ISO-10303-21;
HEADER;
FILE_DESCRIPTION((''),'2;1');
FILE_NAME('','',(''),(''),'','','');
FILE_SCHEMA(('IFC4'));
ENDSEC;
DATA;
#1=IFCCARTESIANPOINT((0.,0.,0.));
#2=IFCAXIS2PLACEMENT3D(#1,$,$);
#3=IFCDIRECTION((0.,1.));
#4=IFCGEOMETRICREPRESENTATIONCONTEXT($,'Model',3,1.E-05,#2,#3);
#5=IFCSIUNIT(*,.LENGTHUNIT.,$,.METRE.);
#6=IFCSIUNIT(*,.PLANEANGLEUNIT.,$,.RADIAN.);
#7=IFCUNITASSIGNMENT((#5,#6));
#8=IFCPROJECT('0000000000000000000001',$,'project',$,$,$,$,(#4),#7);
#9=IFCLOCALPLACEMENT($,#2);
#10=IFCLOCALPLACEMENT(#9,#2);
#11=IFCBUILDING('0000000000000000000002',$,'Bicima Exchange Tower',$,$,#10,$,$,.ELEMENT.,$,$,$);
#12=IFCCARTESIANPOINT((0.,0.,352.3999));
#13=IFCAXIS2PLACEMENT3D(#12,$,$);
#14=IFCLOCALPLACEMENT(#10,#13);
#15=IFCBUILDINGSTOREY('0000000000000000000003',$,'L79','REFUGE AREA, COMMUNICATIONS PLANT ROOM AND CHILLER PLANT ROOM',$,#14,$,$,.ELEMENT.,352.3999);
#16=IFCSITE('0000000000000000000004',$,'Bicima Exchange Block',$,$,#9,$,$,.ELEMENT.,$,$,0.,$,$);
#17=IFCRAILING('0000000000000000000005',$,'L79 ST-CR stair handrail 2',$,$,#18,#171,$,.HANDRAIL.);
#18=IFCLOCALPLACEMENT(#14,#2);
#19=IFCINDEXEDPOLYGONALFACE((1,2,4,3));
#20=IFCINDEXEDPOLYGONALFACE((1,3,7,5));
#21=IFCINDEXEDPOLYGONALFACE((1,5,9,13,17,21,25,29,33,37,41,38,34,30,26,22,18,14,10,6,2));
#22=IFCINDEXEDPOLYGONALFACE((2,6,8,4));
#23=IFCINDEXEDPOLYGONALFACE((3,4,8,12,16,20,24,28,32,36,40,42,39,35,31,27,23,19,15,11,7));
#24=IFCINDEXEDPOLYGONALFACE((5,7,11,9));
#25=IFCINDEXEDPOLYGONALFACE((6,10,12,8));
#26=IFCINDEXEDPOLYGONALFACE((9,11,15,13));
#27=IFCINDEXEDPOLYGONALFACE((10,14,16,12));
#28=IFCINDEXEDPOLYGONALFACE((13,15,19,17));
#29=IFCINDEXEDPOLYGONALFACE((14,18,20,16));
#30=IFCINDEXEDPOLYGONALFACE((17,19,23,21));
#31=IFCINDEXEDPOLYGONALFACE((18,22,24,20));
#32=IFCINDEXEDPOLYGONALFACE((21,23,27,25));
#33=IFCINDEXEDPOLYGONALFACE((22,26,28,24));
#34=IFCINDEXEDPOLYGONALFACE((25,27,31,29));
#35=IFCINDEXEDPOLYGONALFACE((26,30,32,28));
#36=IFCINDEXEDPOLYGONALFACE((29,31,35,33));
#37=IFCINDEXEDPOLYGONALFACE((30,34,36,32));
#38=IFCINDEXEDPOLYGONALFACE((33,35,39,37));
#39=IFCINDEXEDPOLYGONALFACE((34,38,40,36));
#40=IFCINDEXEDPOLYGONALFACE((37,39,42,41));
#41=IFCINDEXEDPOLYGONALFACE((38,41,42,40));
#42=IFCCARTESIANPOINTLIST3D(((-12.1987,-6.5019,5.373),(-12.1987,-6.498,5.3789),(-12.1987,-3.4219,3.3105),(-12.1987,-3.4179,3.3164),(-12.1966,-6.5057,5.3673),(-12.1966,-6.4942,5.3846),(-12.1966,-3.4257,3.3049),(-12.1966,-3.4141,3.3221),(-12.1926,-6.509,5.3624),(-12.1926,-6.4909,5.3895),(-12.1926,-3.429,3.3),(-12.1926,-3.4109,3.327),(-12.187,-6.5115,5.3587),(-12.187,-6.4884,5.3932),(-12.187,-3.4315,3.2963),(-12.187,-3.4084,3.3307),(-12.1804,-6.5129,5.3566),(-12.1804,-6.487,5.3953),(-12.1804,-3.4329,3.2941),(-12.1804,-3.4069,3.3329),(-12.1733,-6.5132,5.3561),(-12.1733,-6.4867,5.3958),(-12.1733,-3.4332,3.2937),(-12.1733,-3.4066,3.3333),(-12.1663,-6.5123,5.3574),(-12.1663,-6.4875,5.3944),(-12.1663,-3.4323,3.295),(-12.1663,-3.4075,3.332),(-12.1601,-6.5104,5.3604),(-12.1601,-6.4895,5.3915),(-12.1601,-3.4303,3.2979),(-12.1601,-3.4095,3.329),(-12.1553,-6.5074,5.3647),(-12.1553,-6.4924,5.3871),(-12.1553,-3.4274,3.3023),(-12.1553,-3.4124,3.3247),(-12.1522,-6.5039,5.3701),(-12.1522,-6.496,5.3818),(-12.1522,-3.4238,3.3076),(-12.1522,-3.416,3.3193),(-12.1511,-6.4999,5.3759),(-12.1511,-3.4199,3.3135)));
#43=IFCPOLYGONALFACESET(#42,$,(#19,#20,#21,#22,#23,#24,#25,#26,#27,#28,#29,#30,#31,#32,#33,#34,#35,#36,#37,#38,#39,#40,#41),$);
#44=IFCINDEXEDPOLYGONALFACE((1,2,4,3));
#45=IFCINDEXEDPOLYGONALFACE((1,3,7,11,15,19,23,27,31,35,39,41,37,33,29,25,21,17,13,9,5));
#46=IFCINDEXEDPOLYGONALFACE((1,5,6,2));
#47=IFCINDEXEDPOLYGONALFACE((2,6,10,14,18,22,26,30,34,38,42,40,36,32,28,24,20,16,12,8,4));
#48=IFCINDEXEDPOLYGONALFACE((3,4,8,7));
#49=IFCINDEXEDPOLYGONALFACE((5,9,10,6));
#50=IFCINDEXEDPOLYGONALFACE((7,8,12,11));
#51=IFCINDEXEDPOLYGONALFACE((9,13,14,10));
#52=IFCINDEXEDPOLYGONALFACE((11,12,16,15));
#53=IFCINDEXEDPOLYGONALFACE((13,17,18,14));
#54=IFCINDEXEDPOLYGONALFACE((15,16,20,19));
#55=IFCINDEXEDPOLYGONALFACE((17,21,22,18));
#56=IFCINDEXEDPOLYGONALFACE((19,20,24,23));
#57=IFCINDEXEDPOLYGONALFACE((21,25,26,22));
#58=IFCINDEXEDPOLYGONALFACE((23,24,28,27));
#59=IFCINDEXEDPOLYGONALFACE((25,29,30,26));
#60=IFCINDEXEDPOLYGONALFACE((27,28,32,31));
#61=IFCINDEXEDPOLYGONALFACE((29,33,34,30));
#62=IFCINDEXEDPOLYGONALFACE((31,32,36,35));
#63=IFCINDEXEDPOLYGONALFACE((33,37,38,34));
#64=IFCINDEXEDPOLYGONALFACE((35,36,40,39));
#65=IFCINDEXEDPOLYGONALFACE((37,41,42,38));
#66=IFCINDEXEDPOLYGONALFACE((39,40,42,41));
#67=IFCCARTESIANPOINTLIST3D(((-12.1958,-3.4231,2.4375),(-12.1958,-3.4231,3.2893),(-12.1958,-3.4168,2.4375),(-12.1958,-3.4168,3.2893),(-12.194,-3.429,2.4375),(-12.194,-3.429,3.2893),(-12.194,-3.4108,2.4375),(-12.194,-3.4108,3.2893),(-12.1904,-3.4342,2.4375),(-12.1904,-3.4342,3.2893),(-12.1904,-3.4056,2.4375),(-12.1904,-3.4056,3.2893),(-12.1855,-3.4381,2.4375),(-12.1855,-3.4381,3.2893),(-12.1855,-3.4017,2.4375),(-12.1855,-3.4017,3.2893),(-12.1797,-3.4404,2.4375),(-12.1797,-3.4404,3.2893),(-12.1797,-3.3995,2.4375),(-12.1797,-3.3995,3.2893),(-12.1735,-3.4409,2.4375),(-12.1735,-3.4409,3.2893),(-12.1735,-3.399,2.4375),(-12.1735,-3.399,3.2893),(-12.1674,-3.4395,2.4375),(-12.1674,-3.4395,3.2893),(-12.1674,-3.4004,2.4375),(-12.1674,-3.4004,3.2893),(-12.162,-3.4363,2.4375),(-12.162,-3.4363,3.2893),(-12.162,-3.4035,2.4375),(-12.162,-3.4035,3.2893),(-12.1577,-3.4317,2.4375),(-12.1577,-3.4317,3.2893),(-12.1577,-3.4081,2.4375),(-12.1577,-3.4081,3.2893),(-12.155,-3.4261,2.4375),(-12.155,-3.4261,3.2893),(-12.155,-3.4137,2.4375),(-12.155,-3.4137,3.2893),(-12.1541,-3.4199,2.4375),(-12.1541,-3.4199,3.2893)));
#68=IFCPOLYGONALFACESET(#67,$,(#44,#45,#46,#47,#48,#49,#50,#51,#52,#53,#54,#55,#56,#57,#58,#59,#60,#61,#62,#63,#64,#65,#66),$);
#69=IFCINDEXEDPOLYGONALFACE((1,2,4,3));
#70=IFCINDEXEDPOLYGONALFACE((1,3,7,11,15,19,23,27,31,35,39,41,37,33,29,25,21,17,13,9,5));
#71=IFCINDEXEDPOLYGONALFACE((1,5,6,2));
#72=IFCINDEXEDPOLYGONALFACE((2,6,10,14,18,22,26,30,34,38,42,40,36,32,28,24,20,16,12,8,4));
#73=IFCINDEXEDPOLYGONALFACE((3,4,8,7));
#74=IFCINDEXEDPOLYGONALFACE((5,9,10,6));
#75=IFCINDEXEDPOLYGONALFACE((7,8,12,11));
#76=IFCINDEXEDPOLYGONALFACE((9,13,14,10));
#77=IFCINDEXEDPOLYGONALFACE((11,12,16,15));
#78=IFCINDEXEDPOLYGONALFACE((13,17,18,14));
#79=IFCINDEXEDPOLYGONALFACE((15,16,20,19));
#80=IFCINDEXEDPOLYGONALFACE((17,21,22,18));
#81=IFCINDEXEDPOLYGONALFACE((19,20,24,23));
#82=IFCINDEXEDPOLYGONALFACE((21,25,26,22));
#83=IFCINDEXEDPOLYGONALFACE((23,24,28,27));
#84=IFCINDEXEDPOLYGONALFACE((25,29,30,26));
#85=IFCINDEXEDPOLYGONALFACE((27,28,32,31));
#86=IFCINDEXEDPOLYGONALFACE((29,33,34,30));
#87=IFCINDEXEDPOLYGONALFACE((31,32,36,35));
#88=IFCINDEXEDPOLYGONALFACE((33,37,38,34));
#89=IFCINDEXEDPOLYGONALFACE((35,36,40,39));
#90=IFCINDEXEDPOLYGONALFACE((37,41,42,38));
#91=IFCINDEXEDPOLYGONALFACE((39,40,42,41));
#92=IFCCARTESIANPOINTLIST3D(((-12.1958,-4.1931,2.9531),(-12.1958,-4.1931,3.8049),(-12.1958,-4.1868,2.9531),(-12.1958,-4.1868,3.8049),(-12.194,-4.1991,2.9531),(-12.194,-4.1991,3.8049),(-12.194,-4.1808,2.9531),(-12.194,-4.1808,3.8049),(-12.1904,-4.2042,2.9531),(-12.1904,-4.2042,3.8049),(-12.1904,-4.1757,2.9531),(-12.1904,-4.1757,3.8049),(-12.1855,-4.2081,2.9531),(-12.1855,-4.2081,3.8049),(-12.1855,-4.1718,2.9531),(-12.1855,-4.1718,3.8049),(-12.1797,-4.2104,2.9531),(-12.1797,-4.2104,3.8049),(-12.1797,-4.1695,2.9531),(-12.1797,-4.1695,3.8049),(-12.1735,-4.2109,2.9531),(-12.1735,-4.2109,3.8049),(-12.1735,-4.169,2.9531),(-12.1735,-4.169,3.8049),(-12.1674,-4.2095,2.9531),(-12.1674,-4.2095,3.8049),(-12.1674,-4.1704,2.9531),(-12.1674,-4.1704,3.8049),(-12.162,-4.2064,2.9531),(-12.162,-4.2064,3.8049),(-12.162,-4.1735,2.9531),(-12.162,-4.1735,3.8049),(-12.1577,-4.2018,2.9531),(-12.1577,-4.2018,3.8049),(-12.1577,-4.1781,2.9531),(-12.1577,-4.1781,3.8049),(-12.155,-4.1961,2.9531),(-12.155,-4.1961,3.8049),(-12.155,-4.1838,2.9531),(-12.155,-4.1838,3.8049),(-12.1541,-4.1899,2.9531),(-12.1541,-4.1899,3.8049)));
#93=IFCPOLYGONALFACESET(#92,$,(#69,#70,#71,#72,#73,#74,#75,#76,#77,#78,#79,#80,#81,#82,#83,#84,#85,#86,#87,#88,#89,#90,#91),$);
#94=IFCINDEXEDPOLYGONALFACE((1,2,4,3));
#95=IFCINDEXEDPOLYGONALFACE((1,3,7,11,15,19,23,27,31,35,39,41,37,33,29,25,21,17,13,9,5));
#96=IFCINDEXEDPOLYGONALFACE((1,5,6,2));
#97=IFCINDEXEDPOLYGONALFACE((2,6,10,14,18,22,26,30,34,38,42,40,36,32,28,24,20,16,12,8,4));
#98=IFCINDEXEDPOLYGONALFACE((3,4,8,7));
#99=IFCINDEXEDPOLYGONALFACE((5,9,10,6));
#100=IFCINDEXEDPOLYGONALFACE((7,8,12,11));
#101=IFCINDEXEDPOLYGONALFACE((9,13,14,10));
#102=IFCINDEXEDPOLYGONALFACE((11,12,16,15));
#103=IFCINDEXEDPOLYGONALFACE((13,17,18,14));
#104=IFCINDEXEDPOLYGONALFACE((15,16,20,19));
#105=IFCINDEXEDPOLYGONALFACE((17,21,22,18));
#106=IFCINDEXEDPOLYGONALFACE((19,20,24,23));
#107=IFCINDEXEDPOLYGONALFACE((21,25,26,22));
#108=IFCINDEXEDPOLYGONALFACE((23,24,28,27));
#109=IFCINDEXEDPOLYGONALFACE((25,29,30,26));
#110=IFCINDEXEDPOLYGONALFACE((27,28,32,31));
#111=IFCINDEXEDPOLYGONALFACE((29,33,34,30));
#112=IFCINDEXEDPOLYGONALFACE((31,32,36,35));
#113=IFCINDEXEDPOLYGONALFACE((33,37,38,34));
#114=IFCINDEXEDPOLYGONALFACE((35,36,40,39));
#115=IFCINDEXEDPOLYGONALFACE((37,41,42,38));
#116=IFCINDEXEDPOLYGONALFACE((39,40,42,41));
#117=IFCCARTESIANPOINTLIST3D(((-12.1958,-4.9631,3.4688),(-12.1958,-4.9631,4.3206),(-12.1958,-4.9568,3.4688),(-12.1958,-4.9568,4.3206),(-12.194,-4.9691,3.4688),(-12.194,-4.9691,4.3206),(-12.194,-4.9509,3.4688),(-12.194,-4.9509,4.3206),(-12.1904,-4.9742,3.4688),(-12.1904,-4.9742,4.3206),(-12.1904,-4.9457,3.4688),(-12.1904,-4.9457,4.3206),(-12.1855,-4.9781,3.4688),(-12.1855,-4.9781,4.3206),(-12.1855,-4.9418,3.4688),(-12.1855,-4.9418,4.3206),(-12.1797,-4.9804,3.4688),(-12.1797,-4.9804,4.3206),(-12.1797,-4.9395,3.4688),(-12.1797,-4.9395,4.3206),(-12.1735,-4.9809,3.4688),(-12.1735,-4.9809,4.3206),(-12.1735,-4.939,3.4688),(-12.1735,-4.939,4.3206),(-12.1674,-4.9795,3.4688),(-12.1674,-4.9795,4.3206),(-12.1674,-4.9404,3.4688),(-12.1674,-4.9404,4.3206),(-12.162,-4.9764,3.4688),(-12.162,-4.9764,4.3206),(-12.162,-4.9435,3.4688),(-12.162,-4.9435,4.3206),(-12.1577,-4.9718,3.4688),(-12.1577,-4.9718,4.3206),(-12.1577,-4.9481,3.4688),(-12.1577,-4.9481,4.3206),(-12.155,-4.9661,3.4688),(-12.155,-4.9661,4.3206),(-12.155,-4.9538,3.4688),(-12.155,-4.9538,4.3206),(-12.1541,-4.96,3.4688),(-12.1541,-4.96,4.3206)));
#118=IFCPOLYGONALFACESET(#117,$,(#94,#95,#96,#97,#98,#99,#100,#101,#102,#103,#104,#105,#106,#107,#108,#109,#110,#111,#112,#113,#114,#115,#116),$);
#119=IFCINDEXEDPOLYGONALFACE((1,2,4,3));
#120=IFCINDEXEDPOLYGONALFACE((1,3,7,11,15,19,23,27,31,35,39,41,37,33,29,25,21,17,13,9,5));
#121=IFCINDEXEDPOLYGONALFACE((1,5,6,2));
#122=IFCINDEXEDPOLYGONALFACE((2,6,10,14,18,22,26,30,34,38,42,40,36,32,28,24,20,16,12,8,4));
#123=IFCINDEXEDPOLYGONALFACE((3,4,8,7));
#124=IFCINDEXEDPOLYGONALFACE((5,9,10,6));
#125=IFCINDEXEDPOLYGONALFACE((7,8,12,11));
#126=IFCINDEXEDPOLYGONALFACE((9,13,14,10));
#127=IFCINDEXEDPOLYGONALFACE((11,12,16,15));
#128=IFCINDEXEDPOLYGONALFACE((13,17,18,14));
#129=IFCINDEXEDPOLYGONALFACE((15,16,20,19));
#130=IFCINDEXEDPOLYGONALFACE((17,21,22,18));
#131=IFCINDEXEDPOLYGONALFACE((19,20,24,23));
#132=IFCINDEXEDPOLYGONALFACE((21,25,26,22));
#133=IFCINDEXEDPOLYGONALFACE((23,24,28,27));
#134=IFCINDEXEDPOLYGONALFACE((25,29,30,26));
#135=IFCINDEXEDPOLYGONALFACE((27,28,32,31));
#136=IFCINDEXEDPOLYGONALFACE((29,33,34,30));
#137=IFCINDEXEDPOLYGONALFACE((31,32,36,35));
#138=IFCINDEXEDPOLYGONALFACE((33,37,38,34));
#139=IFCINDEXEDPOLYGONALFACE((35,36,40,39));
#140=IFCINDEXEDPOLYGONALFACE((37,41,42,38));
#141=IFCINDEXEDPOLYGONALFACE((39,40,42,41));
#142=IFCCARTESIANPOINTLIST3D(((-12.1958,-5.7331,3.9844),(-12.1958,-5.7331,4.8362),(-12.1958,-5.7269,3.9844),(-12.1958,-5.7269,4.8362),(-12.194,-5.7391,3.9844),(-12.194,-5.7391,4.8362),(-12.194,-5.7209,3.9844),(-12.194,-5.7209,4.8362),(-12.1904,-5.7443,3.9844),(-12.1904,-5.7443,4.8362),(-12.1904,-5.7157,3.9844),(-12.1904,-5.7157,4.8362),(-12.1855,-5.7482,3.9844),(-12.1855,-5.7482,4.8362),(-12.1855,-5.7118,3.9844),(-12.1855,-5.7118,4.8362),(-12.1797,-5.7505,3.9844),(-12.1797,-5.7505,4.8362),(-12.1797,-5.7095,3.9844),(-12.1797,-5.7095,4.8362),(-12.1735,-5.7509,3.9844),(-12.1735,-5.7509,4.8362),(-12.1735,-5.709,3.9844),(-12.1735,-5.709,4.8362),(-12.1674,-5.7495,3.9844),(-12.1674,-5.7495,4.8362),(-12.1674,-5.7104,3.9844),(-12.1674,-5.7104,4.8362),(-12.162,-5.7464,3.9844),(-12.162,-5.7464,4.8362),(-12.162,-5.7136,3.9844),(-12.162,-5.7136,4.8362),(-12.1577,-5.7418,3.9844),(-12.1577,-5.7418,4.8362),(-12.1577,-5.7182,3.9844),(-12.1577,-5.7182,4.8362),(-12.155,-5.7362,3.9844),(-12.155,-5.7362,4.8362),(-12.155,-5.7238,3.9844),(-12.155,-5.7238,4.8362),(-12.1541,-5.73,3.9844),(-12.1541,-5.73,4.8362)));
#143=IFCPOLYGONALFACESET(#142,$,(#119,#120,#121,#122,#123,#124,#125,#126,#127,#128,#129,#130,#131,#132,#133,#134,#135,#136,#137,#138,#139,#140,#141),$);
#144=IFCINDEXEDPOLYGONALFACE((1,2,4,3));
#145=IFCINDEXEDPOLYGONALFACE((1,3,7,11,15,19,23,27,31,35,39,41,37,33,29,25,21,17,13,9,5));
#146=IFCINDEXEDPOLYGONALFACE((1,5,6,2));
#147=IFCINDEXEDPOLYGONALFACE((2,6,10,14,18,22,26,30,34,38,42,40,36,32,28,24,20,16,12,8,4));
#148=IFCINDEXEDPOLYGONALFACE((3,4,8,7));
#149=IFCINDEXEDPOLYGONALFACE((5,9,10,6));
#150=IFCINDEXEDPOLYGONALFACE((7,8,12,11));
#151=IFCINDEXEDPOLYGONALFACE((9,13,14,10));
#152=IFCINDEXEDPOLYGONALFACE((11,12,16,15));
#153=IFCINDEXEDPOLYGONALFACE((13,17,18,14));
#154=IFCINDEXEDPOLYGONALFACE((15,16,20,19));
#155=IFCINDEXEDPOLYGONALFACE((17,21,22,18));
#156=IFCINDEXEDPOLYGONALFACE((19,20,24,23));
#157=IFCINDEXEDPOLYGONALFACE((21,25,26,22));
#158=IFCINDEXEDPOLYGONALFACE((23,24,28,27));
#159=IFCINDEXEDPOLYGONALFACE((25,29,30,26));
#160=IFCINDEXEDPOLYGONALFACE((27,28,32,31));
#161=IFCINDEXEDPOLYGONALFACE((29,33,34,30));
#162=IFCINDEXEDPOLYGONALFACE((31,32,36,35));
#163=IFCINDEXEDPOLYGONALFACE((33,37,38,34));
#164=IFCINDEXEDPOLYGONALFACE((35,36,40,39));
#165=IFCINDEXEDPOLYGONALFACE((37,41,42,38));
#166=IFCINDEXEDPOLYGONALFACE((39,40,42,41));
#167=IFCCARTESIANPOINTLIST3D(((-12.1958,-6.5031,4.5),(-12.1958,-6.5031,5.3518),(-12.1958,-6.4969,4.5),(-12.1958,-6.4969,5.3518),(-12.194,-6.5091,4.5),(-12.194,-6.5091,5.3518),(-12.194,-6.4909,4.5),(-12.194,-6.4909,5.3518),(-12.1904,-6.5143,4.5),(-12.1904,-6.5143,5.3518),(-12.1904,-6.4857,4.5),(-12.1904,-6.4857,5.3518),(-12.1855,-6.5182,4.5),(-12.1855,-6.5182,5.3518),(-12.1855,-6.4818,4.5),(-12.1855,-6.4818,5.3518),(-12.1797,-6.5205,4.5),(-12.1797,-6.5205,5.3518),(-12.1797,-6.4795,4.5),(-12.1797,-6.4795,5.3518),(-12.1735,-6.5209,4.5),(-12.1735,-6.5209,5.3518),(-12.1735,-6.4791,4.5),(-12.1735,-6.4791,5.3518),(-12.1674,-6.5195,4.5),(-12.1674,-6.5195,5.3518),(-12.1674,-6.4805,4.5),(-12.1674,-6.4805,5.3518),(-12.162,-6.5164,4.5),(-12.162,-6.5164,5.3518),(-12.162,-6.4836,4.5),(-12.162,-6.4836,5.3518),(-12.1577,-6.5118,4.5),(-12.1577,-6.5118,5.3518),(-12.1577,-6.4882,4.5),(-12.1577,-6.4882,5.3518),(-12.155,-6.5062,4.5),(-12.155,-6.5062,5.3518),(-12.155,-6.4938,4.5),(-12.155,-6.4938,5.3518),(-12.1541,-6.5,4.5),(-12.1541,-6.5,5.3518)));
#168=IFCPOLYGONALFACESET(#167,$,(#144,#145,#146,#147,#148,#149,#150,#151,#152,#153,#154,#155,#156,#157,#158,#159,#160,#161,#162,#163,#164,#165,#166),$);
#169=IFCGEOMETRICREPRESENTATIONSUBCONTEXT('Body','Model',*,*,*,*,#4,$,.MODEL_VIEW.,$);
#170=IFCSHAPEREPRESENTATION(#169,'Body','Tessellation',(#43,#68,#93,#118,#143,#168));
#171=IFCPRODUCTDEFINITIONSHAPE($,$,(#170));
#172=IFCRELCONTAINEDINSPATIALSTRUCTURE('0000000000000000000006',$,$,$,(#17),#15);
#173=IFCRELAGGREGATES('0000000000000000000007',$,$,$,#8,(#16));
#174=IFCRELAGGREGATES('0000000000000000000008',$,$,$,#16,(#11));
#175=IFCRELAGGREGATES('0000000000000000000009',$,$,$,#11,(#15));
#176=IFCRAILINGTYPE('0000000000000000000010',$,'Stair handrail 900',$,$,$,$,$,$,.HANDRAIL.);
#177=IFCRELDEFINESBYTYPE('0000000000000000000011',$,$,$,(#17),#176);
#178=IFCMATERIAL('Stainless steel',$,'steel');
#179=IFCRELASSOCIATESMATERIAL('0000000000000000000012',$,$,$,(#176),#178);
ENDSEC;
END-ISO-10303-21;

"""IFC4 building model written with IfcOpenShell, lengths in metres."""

from ifc_helpers import new_model, si_unit, direction, frame, origin, origin_2d, place, context, subcontext, project, spatial, circle, extrude, material, type_object, element, save


model = new_model("IFC4")

# Units and contexts
model_context = context("Model", 3, precision=1e-05, world=origin(), true_north=direction((0.0, 1.0)))
body_context = subcontext(model_context, "Body", "Model", "MODEL_VIEW")
ifc_project = project(units=[si_unit("LENGTHUNIT", "METRE"), si_unit("PLANEANGLEUNIT", "RADIAN")], contexts=[model_context])

# Site, building, storey
site_placement = place(None, origin())
site = spatial("IfcSite", under=ifc_project, at=site_placement, Name="Bicima Exchange Block", CompositionType="ELEMENT", RefElevation=0.0)
building_placement = place(site_placement, origin())
building = spatial("IfcBuilding", under=site, at=building_placement, Name="Bicima Exchange Tower", CompositionType="ELEMENT")
storey_placement = place(building_placement, frame((0.0, 0.0, 352.3999)))
storey = spatial("IfcBuildingStorey", under=building, at=storey_placement, Name="L79", Description="REFUGE AREA, COMMUNICATIONS PLANT ROOM AND CHILLER PLANT ROOM", CompositionType="ELEMENT", Elevation=352.3999)

# Railing
ifc_material_1 = material(Name="Stainless steel", Category="steel")
railing_type_1 = type_object("IfcRailingType", Name="Stair handrail 900", PredefinedType="HANDRAIL", material=ifc_material_1)
railing_1_placement = place(storey_placement, frame((-12.175, -3.4199, 2.4375)))
element("IfcRailing", 1, at=railing_1_placement, inside=storey, type_object=railing_type_1, Name="L79 ST-CR stair handrail 2", PredefinedType="HANDRAIL", context=body_context, shape_type="SweptSolid", body=[
    extrude(circle(Radius=0.0239, at=origin_2d()), frame((0.0, 0.0, 0.876), z_axis=(0.0, -0.830914, 0.556401), x_axis=(1.0, 0.0, 0.0)), (0.0, 0.0, 1.0), 3.7068),
    extrude(circle(Radius=0.021, at=origin_2d()), origin(), (0.0, 0.0, 1.0), 0.8518),
    extrude(circle(Radius=0.021, at=origin_2d()), frame((0.0, -0.77, 0.5156)), (0.0, 0.0, 1.0), 0.8518),
    extrude(circle(Radius=0.021, at=origin_2d()), frame((0.0, -1.54, 1.0312)), (0.0, 0.0, 1.0), 0.8518),
    extrude(circle(Radius=0.021, at=origin_2d()), frame((0.0, -2.3101, 1.5469)), (0.0, 0.0, 1.0), 0.8518),
    extrude(circle(Radius=0.021, at=origin_2d()), frame((0.0, -3.0801, 2.0625)), (0.0, 0.0, 1.0), 0.8518),
])

save(model, "model.ifc")
